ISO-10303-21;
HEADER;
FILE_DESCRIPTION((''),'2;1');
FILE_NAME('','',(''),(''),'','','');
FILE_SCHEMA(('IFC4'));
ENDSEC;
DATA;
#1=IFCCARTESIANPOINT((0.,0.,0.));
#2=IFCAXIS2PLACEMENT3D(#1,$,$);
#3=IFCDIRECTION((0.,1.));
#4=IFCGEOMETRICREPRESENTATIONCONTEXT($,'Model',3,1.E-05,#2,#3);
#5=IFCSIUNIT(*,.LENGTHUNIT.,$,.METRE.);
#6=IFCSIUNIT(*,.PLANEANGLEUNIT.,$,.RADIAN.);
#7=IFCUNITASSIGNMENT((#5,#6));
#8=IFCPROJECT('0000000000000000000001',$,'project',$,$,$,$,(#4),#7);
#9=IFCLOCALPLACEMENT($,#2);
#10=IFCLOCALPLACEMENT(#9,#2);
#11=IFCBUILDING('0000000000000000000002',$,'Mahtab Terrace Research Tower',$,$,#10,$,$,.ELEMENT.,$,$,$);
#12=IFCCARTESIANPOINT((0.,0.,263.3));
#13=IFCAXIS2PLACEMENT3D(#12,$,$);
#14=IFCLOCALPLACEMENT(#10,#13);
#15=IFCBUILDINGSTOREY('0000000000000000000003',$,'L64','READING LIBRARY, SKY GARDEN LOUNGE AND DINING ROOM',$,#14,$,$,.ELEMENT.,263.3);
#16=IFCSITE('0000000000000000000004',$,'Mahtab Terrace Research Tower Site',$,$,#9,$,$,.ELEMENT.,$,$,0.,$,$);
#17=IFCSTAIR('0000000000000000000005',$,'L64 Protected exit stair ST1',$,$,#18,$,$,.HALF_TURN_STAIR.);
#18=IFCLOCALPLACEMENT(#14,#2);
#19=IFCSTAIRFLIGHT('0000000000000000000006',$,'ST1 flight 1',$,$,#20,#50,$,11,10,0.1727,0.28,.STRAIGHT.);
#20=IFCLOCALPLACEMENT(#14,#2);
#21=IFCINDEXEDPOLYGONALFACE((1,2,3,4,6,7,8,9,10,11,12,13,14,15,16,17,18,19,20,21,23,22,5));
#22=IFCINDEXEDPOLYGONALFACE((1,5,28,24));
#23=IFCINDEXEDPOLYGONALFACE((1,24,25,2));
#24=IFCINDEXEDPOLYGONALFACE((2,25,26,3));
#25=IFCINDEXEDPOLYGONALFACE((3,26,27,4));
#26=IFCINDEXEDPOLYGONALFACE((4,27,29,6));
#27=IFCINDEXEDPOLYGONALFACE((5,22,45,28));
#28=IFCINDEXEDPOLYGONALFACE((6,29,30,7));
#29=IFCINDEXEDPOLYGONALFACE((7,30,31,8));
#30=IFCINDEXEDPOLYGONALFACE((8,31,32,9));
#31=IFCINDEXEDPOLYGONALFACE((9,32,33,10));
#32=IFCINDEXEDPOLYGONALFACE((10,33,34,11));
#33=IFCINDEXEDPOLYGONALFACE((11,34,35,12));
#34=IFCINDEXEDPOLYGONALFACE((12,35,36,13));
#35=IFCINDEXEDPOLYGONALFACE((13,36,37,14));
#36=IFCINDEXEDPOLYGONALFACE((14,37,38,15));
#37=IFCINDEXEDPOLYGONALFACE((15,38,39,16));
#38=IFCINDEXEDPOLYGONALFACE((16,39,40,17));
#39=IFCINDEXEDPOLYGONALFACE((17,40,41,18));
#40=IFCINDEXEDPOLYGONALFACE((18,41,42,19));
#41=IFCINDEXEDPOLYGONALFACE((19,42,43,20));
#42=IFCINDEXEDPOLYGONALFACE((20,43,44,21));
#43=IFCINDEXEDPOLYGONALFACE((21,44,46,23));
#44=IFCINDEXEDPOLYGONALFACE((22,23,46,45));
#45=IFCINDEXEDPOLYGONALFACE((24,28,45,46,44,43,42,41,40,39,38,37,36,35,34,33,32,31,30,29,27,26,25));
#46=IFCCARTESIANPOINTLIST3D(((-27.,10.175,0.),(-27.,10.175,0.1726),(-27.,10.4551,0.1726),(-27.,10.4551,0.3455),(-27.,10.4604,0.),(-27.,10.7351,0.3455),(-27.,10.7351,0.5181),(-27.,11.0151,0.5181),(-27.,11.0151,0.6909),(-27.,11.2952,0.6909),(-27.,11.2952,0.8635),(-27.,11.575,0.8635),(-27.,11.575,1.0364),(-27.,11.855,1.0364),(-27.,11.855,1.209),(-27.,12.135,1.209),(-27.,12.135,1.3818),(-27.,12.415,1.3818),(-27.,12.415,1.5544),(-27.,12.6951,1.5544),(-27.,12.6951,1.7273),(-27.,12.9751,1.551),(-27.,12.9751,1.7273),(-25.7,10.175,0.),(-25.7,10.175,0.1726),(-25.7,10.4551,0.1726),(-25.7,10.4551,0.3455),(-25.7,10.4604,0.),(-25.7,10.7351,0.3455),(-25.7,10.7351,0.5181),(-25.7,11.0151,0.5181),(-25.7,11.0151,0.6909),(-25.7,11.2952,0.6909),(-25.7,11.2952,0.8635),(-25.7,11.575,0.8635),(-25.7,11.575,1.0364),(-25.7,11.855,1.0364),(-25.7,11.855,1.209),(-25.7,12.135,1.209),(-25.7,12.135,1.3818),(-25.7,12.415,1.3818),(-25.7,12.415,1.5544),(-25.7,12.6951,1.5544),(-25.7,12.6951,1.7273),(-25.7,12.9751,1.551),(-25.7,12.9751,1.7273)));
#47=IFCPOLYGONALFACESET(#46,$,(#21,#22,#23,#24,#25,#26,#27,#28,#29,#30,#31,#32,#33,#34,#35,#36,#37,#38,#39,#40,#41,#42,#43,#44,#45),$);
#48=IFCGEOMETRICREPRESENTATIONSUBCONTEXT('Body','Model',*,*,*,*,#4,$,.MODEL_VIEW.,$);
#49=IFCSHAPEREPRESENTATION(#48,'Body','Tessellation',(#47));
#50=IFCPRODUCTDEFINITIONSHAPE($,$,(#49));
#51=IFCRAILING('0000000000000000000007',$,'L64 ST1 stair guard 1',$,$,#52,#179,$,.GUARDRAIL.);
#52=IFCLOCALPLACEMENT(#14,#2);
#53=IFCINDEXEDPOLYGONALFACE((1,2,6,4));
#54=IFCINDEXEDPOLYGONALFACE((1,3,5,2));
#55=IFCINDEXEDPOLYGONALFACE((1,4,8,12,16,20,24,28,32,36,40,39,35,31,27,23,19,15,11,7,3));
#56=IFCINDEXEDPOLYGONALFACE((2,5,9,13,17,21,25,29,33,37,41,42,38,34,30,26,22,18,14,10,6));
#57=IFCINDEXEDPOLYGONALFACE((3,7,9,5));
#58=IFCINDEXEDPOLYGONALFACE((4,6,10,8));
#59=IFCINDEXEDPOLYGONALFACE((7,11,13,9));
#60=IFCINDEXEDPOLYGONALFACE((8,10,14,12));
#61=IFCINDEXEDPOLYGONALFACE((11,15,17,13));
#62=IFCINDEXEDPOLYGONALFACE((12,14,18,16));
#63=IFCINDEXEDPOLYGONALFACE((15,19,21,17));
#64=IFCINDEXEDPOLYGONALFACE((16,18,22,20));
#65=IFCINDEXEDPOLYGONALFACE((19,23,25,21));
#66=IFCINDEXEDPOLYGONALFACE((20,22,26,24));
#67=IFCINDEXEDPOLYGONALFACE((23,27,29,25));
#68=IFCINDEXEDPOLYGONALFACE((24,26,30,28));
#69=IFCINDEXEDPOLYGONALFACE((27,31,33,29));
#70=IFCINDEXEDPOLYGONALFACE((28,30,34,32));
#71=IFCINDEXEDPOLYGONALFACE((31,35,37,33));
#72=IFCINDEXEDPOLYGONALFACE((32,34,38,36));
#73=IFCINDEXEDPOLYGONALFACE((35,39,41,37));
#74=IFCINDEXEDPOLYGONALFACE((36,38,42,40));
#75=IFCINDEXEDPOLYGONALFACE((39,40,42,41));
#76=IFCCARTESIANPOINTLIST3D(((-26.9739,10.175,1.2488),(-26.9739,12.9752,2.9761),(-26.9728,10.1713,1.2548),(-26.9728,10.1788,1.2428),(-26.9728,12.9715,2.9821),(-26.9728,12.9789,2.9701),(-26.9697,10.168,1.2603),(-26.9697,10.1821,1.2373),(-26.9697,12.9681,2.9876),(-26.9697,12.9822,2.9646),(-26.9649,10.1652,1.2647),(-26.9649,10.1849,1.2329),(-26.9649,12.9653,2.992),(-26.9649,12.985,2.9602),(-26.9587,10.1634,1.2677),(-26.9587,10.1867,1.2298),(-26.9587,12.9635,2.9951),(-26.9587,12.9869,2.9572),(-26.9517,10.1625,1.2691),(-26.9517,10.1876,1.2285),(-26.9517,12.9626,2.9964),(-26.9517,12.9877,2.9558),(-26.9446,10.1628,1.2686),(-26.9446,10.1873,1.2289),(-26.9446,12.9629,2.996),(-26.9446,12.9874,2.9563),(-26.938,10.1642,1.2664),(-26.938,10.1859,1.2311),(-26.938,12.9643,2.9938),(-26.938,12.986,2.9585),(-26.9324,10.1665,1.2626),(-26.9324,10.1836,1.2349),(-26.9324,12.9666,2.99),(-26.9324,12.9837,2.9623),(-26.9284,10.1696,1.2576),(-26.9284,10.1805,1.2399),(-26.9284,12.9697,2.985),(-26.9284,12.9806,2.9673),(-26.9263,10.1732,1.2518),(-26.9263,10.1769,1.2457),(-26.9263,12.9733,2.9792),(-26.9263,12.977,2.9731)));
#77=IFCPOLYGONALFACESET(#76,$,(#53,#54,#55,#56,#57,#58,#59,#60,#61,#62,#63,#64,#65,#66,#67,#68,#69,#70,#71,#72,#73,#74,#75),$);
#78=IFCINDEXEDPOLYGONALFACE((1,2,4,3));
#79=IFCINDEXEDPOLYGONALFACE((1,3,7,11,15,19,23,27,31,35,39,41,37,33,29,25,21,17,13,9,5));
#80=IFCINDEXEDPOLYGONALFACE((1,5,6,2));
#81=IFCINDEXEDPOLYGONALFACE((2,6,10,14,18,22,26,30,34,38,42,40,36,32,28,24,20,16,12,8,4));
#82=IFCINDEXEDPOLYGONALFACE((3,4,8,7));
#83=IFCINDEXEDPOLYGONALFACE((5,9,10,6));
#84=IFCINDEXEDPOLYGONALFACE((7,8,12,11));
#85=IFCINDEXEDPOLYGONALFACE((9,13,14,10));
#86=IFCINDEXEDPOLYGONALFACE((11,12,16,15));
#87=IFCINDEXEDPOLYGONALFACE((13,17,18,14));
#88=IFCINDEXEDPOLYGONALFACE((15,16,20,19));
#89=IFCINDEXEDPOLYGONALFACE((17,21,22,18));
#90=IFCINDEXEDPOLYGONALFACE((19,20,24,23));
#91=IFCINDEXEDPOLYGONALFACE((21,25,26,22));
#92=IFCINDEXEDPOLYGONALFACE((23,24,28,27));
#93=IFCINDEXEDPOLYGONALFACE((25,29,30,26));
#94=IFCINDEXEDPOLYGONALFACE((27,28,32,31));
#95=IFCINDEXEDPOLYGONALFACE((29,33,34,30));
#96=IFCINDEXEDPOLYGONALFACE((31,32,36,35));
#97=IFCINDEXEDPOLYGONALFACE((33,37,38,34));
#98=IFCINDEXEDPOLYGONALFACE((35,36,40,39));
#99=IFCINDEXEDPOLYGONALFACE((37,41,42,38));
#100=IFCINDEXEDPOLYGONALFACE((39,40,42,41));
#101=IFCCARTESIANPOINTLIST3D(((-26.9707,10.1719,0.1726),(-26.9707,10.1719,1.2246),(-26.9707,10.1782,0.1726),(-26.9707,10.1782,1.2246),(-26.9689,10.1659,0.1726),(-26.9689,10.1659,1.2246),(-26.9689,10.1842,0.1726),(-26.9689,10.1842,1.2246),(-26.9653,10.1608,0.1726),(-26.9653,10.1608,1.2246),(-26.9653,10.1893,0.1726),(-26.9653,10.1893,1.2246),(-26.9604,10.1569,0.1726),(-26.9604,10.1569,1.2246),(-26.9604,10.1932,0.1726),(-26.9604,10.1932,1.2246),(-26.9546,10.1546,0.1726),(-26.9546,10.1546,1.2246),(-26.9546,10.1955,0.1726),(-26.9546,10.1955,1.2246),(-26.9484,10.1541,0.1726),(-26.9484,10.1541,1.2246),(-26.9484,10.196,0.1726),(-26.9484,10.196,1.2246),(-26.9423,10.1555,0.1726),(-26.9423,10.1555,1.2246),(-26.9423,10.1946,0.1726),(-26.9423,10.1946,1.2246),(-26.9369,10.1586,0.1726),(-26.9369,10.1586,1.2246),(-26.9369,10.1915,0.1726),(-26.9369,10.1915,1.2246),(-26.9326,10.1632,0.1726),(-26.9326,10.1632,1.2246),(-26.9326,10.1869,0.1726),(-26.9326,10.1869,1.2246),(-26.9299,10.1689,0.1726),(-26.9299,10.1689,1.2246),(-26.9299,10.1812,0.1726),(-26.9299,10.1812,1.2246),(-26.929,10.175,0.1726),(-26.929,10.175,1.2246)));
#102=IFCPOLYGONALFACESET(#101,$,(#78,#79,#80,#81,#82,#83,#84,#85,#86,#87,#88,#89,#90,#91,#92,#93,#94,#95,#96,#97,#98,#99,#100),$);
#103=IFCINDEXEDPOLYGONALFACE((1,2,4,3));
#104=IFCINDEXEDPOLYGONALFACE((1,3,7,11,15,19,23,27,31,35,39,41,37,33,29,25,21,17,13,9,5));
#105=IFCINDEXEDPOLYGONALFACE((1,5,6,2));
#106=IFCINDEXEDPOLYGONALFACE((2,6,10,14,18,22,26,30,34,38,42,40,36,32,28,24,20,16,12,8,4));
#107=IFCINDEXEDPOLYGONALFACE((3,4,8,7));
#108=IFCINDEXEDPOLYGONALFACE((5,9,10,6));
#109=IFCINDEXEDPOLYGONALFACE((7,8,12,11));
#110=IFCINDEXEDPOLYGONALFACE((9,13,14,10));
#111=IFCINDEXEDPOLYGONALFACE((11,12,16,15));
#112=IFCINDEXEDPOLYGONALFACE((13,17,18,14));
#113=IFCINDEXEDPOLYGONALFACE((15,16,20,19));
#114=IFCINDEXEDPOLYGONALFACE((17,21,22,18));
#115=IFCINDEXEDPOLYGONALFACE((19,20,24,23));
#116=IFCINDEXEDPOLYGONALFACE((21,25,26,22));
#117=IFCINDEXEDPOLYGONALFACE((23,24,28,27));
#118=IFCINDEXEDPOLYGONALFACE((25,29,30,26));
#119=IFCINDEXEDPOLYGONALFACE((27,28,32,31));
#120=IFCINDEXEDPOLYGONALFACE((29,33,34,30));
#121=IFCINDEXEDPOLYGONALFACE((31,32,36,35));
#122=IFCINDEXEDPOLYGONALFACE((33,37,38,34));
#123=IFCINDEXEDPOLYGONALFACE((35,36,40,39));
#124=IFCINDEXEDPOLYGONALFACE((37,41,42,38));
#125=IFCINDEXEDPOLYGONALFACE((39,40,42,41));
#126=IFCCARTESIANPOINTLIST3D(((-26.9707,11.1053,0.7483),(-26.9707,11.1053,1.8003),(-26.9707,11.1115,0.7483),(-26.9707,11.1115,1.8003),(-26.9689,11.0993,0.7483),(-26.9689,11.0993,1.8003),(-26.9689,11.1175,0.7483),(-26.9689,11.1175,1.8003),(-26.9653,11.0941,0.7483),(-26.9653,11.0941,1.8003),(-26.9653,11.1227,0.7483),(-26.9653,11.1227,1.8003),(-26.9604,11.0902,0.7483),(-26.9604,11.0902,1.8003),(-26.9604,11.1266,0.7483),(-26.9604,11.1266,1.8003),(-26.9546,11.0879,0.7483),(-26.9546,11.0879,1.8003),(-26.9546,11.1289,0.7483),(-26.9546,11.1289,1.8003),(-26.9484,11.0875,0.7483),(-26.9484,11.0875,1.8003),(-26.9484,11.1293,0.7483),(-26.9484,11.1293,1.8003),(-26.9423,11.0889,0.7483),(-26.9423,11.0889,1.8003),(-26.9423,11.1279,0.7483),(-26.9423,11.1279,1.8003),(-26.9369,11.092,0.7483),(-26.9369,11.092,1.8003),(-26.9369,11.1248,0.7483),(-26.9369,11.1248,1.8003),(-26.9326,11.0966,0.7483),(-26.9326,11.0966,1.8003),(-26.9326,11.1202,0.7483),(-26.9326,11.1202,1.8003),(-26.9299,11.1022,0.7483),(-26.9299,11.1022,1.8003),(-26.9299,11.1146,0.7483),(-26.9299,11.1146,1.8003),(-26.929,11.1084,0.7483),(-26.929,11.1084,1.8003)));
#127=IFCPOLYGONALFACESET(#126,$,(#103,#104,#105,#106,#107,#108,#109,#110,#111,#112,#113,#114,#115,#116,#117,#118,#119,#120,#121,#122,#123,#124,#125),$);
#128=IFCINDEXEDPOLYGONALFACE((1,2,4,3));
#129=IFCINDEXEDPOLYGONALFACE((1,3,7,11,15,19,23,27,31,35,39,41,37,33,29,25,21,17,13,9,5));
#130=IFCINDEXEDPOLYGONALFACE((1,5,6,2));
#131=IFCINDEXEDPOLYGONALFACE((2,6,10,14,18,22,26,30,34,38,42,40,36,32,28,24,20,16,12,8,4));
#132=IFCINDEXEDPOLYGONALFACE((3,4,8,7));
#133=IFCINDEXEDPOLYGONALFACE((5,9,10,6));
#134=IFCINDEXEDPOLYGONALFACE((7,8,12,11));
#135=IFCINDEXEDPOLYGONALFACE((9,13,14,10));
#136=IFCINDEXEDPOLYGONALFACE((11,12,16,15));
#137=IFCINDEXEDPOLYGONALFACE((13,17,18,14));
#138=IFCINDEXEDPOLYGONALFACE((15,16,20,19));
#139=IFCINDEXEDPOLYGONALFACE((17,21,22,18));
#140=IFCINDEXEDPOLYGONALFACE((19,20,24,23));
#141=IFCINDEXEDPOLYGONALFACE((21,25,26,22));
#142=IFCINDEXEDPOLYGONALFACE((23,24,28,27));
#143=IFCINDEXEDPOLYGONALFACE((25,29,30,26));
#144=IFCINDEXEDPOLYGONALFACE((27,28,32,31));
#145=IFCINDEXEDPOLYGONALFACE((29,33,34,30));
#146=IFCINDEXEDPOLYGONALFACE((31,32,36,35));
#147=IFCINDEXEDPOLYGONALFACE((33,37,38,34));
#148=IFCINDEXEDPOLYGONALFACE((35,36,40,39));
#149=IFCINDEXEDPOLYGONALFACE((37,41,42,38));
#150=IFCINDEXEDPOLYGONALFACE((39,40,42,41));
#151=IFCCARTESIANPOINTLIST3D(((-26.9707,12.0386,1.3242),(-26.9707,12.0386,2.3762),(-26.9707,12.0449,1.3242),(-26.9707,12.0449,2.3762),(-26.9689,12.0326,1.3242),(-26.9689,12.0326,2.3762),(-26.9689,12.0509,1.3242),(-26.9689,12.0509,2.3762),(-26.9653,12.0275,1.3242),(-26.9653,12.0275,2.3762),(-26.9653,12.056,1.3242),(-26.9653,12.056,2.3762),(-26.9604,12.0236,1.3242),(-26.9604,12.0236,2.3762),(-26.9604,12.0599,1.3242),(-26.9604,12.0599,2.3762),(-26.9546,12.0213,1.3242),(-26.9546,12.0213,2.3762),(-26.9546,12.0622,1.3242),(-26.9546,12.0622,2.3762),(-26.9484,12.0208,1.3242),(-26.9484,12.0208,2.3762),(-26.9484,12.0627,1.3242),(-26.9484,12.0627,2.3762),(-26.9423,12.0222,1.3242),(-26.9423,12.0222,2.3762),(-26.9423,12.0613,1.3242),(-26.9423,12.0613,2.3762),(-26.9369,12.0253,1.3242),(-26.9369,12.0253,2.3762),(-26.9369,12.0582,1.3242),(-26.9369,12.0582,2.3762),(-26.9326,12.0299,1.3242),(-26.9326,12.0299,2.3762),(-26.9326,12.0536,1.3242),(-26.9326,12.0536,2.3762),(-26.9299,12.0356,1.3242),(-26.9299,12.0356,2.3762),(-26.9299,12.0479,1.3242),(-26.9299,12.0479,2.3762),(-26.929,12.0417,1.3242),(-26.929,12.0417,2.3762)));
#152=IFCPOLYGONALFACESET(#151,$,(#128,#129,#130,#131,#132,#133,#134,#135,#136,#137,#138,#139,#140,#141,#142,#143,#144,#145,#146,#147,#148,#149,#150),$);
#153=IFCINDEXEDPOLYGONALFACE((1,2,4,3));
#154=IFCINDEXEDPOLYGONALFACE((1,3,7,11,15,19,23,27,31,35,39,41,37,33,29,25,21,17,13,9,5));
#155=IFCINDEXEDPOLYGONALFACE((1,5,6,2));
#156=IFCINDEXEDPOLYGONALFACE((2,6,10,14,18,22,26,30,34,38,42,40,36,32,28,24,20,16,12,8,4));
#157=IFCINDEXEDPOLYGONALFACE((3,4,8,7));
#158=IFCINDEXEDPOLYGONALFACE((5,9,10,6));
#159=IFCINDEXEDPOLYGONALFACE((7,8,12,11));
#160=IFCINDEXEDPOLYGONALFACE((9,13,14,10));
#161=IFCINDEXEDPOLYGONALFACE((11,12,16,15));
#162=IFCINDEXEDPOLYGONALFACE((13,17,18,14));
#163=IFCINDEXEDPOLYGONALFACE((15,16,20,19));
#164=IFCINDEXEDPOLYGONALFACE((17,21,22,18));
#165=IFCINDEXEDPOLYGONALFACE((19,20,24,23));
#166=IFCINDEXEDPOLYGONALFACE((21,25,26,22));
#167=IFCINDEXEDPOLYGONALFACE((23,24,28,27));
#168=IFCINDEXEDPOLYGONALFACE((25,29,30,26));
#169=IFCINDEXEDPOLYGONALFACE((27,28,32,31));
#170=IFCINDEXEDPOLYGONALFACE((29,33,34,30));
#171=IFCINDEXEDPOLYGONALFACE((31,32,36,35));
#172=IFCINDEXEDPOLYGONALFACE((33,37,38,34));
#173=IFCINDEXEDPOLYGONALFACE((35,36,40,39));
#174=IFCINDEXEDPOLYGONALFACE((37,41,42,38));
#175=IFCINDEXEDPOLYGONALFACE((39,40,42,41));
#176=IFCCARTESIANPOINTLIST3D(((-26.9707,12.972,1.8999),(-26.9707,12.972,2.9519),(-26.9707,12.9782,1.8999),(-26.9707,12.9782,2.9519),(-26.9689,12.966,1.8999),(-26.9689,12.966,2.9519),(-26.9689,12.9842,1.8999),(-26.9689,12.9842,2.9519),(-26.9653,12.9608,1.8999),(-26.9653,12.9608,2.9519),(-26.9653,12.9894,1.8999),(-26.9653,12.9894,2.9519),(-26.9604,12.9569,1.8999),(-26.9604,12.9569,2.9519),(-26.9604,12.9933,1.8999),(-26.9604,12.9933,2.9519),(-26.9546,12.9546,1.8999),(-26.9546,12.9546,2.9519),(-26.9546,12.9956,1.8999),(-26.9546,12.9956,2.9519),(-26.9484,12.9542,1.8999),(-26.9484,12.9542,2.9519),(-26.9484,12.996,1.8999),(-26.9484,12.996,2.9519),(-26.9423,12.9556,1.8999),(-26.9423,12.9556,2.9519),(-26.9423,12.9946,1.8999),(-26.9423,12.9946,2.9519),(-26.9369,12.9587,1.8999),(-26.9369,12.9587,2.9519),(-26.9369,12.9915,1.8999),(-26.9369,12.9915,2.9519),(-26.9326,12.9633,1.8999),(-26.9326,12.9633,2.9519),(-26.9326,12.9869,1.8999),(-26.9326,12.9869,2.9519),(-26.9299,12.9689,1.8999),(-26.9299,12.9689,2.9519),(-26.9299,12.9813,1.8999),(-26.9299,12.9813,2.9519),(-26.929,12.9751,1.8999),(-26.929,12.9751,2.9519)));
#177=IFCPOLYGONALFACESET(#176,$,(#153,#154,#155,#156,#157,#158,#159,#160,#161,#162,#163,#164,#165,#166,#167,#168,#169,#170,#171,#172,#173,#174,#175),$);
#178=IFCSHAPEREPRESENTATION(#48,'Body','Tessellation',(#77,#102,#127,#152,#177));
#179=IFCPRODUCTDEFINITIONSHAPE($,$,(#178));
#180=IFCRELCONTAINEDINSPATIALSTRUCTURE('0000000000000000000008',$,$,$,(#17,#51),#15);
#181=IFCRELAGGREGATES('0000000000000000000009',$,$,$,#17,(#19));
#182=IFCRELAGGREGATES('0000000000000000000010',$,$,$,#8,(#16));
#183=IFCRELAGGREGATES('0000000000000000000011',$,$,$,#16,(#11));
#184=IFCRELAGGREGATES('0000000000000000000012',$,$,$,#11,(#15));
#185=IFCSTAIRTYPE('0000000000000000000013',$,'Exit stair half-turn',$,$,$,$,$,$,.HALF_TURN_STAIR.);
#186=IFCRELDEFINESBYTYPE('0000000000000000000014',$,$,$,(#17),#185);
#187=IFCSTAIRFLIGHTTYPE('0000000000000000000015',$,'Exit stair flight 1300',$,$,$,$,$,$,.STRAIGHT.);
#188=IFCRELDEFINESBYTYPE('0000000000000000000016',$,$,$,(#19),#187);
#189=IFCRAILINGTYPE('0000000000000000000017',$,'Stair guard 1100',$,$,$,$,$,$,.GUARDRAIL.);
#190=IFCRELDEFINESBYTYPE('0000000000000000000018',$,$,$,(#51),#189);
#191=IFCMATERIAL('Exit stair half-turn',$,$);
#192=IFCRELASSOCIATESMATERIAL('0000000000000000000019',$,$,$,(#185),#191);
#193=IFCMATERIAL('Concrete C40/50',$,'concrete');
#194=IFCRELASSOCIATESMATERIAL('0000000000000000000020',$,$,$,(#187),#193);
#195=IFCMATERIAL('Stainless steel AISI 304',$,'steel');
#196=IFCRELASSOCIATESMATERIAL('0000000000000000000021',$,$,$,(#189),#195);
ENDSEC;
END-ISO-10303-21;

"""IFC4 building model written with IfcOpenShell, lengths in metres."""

from ifc_helpers import new_model, si_unit, direction, frame, origin, origin_2d, place, context, subcontext, project, spatial, polyline, circle, outline, extrude, material, type_object, element, aggregate, save


model = new_model("IFC4")

# Units and contexts
model_context = context("Model", 3, precision=1e-05, world=origin(), true_north=direction((0.0, 1.0)))
body_context = subcontext(model_context, "Body", "Model", "MODEL_VIEW")
ifc_project = project(units=[si_unit("LENGTHUNIT", "METRE"), si_unit("PLANEANGLEUNIT", "RADIAN")], contexts=[model_context])

# Site, building, storey
site_placement = place(None, origin())
site = spatial("IfcSite", under=ifc_project, at=site_placement, Name="Mahtab Terrace Research Tower Site", CompositionType="ELEMENT", RefElevation=0.0)
building_placement = place(site_placement, origin())
building = spatial("IfcBuilding", under=site, at=building_placement, Name="Mahtab Terrace Research Tower", CompositionType="ELEMENT")
storey_placement = place(building_placement, frame((0.0, 0.0, 263.3)))
storey = spatial("IfcBuildingStorey", under=building, at=storey_placement, Name="L64", Description="READING LIBRARY, SKY GARDEN LOUNGE AND DINING ROOM", CompositionType="ELEMENT", Elevation=263.3)

# Stair, stair flight
ifc_material_1 = material(Name="Exit stair half-turn")
stair_type = type_object("IfcStairType", Name="Exit stair half-turn", PredefinedType="HALF_TURN_STAIR", material=ifc_material_1)
stair_placement = place(storey_placement, origin())
stair = element("IfcStair", 1, at=stair_placement, inside=storey, type_object=stair_type, Name="L64 Protected exit stair ST1", PredefinedType="HALF_TURN_STAIR")
ifc_material_2 = material(Name="Concrete C40/50", Category="concrete")
stair_flight_type = type_object("IfcStairFlightType", Name="Exit stair flight 1300", PredefinedType="STRAIGHT", material=ifc_material_2)
stair_flight_placement = place(storey_placement, frame((-26.3501, 10.175, 0.0), z_axis=(0.0, 0.0, 1.0), x_axis=(0.0, 1.0, 0.0)))
stair_flight = element("IfcStairFlight", 2, at=stair_flight_placement, type_object=stair_flight_type, Name="ST1 flight 1", NumberOfRisers=11, NumberOfTreads=10, PredefinedType="STRAIGHT", RiserHeight=0.1727, TreadLength=0.28, context=body_context, shape_type="SweptSolid", body=[
    extrude(outline(polyline([(0.0, 0.0), (0.0, 0.1726), (0.28, 0.1726), (0.28, 0.3455), (0.5601, 0.3455), (0.5601, 0.5181), (0.8401, 0.5181), (0.8401, 0.6909), (1.1201, 0.6909), (1.1201, 0.8635), (1.3999, 0.8635), (1.3999, 1.0364), (1.6799, 1.0364), (1.6799, 1.209), (1.96, 1.209), (1.96, 1.3818), (2.24, 1.3818), (2.24, 1.5544), (2.52, 1.5544), (2.52, 1.7273), (2.8, 1.7273), (2.8, 1.8999), (2.8, 1.551), (0.2854, 0.0), (0.0, 0.0)])), frame((0.0, 0.6499, 0.0), z_axis=(0.0, -1.0, 0.0), x_axis=(1.0, 0.0, 0.0)), (0.0, 0.0, 1.0), 1.3),
])
aggregate(stair, [stair_flight])

# Railing
ifc_material_3 = material(Name="Stainless steel AISI 304", Category="steel")
railing_type_1 = type_object("IfcRailingType", Name="Stair guard 1100", PredefinedType="GUARDRAIL", material=ifc_material_3)
railing_1_placement = place(storey_placement, frame((-26.95, 10.175, 0.1726)))
element("IfcRailing", 3, at=railing_1_placement, inside=storey, type_object=railing_type_1, Name="L64 ST1 stair guard 1", PredefinedType="GUARDRAIL", context=body_context, shape_type="SweptSolid", body=[
    extrude(circle(Radius=0.0239, at=origin_2d()), frame((0.0, 0.0, 1.0762), z_axis=(0.0, 0.85109, 0.52502), x_axis=(-1.0, 0.0, 0.0)), (0.0, 0.0, 1.0), 3.29),
    extrude(circle(Radius=0.021, at=origin_2d()), origin(), (0.0, 0.0, 1.0), 1.052),
    extrude(circle(Radius=0.021, at=origin_2d()), frame((0.0, 0.9333, 0.5757)), (0.0, 0.0, 1.0), 1.052),
    extrude(circle(Radius=0.021, at=origin_2d()), frame((0.0, 1.8667, 1.1516)), (0.0, 0.0, 1.0), 1.052),
    extrude(circle(Radius=0.021, at=origin_2d()), frame((0.0, 2.8, 1.7273)), (0.0, 0.0, 1.0), 1.052),
])

save(model, "model.ifc")
